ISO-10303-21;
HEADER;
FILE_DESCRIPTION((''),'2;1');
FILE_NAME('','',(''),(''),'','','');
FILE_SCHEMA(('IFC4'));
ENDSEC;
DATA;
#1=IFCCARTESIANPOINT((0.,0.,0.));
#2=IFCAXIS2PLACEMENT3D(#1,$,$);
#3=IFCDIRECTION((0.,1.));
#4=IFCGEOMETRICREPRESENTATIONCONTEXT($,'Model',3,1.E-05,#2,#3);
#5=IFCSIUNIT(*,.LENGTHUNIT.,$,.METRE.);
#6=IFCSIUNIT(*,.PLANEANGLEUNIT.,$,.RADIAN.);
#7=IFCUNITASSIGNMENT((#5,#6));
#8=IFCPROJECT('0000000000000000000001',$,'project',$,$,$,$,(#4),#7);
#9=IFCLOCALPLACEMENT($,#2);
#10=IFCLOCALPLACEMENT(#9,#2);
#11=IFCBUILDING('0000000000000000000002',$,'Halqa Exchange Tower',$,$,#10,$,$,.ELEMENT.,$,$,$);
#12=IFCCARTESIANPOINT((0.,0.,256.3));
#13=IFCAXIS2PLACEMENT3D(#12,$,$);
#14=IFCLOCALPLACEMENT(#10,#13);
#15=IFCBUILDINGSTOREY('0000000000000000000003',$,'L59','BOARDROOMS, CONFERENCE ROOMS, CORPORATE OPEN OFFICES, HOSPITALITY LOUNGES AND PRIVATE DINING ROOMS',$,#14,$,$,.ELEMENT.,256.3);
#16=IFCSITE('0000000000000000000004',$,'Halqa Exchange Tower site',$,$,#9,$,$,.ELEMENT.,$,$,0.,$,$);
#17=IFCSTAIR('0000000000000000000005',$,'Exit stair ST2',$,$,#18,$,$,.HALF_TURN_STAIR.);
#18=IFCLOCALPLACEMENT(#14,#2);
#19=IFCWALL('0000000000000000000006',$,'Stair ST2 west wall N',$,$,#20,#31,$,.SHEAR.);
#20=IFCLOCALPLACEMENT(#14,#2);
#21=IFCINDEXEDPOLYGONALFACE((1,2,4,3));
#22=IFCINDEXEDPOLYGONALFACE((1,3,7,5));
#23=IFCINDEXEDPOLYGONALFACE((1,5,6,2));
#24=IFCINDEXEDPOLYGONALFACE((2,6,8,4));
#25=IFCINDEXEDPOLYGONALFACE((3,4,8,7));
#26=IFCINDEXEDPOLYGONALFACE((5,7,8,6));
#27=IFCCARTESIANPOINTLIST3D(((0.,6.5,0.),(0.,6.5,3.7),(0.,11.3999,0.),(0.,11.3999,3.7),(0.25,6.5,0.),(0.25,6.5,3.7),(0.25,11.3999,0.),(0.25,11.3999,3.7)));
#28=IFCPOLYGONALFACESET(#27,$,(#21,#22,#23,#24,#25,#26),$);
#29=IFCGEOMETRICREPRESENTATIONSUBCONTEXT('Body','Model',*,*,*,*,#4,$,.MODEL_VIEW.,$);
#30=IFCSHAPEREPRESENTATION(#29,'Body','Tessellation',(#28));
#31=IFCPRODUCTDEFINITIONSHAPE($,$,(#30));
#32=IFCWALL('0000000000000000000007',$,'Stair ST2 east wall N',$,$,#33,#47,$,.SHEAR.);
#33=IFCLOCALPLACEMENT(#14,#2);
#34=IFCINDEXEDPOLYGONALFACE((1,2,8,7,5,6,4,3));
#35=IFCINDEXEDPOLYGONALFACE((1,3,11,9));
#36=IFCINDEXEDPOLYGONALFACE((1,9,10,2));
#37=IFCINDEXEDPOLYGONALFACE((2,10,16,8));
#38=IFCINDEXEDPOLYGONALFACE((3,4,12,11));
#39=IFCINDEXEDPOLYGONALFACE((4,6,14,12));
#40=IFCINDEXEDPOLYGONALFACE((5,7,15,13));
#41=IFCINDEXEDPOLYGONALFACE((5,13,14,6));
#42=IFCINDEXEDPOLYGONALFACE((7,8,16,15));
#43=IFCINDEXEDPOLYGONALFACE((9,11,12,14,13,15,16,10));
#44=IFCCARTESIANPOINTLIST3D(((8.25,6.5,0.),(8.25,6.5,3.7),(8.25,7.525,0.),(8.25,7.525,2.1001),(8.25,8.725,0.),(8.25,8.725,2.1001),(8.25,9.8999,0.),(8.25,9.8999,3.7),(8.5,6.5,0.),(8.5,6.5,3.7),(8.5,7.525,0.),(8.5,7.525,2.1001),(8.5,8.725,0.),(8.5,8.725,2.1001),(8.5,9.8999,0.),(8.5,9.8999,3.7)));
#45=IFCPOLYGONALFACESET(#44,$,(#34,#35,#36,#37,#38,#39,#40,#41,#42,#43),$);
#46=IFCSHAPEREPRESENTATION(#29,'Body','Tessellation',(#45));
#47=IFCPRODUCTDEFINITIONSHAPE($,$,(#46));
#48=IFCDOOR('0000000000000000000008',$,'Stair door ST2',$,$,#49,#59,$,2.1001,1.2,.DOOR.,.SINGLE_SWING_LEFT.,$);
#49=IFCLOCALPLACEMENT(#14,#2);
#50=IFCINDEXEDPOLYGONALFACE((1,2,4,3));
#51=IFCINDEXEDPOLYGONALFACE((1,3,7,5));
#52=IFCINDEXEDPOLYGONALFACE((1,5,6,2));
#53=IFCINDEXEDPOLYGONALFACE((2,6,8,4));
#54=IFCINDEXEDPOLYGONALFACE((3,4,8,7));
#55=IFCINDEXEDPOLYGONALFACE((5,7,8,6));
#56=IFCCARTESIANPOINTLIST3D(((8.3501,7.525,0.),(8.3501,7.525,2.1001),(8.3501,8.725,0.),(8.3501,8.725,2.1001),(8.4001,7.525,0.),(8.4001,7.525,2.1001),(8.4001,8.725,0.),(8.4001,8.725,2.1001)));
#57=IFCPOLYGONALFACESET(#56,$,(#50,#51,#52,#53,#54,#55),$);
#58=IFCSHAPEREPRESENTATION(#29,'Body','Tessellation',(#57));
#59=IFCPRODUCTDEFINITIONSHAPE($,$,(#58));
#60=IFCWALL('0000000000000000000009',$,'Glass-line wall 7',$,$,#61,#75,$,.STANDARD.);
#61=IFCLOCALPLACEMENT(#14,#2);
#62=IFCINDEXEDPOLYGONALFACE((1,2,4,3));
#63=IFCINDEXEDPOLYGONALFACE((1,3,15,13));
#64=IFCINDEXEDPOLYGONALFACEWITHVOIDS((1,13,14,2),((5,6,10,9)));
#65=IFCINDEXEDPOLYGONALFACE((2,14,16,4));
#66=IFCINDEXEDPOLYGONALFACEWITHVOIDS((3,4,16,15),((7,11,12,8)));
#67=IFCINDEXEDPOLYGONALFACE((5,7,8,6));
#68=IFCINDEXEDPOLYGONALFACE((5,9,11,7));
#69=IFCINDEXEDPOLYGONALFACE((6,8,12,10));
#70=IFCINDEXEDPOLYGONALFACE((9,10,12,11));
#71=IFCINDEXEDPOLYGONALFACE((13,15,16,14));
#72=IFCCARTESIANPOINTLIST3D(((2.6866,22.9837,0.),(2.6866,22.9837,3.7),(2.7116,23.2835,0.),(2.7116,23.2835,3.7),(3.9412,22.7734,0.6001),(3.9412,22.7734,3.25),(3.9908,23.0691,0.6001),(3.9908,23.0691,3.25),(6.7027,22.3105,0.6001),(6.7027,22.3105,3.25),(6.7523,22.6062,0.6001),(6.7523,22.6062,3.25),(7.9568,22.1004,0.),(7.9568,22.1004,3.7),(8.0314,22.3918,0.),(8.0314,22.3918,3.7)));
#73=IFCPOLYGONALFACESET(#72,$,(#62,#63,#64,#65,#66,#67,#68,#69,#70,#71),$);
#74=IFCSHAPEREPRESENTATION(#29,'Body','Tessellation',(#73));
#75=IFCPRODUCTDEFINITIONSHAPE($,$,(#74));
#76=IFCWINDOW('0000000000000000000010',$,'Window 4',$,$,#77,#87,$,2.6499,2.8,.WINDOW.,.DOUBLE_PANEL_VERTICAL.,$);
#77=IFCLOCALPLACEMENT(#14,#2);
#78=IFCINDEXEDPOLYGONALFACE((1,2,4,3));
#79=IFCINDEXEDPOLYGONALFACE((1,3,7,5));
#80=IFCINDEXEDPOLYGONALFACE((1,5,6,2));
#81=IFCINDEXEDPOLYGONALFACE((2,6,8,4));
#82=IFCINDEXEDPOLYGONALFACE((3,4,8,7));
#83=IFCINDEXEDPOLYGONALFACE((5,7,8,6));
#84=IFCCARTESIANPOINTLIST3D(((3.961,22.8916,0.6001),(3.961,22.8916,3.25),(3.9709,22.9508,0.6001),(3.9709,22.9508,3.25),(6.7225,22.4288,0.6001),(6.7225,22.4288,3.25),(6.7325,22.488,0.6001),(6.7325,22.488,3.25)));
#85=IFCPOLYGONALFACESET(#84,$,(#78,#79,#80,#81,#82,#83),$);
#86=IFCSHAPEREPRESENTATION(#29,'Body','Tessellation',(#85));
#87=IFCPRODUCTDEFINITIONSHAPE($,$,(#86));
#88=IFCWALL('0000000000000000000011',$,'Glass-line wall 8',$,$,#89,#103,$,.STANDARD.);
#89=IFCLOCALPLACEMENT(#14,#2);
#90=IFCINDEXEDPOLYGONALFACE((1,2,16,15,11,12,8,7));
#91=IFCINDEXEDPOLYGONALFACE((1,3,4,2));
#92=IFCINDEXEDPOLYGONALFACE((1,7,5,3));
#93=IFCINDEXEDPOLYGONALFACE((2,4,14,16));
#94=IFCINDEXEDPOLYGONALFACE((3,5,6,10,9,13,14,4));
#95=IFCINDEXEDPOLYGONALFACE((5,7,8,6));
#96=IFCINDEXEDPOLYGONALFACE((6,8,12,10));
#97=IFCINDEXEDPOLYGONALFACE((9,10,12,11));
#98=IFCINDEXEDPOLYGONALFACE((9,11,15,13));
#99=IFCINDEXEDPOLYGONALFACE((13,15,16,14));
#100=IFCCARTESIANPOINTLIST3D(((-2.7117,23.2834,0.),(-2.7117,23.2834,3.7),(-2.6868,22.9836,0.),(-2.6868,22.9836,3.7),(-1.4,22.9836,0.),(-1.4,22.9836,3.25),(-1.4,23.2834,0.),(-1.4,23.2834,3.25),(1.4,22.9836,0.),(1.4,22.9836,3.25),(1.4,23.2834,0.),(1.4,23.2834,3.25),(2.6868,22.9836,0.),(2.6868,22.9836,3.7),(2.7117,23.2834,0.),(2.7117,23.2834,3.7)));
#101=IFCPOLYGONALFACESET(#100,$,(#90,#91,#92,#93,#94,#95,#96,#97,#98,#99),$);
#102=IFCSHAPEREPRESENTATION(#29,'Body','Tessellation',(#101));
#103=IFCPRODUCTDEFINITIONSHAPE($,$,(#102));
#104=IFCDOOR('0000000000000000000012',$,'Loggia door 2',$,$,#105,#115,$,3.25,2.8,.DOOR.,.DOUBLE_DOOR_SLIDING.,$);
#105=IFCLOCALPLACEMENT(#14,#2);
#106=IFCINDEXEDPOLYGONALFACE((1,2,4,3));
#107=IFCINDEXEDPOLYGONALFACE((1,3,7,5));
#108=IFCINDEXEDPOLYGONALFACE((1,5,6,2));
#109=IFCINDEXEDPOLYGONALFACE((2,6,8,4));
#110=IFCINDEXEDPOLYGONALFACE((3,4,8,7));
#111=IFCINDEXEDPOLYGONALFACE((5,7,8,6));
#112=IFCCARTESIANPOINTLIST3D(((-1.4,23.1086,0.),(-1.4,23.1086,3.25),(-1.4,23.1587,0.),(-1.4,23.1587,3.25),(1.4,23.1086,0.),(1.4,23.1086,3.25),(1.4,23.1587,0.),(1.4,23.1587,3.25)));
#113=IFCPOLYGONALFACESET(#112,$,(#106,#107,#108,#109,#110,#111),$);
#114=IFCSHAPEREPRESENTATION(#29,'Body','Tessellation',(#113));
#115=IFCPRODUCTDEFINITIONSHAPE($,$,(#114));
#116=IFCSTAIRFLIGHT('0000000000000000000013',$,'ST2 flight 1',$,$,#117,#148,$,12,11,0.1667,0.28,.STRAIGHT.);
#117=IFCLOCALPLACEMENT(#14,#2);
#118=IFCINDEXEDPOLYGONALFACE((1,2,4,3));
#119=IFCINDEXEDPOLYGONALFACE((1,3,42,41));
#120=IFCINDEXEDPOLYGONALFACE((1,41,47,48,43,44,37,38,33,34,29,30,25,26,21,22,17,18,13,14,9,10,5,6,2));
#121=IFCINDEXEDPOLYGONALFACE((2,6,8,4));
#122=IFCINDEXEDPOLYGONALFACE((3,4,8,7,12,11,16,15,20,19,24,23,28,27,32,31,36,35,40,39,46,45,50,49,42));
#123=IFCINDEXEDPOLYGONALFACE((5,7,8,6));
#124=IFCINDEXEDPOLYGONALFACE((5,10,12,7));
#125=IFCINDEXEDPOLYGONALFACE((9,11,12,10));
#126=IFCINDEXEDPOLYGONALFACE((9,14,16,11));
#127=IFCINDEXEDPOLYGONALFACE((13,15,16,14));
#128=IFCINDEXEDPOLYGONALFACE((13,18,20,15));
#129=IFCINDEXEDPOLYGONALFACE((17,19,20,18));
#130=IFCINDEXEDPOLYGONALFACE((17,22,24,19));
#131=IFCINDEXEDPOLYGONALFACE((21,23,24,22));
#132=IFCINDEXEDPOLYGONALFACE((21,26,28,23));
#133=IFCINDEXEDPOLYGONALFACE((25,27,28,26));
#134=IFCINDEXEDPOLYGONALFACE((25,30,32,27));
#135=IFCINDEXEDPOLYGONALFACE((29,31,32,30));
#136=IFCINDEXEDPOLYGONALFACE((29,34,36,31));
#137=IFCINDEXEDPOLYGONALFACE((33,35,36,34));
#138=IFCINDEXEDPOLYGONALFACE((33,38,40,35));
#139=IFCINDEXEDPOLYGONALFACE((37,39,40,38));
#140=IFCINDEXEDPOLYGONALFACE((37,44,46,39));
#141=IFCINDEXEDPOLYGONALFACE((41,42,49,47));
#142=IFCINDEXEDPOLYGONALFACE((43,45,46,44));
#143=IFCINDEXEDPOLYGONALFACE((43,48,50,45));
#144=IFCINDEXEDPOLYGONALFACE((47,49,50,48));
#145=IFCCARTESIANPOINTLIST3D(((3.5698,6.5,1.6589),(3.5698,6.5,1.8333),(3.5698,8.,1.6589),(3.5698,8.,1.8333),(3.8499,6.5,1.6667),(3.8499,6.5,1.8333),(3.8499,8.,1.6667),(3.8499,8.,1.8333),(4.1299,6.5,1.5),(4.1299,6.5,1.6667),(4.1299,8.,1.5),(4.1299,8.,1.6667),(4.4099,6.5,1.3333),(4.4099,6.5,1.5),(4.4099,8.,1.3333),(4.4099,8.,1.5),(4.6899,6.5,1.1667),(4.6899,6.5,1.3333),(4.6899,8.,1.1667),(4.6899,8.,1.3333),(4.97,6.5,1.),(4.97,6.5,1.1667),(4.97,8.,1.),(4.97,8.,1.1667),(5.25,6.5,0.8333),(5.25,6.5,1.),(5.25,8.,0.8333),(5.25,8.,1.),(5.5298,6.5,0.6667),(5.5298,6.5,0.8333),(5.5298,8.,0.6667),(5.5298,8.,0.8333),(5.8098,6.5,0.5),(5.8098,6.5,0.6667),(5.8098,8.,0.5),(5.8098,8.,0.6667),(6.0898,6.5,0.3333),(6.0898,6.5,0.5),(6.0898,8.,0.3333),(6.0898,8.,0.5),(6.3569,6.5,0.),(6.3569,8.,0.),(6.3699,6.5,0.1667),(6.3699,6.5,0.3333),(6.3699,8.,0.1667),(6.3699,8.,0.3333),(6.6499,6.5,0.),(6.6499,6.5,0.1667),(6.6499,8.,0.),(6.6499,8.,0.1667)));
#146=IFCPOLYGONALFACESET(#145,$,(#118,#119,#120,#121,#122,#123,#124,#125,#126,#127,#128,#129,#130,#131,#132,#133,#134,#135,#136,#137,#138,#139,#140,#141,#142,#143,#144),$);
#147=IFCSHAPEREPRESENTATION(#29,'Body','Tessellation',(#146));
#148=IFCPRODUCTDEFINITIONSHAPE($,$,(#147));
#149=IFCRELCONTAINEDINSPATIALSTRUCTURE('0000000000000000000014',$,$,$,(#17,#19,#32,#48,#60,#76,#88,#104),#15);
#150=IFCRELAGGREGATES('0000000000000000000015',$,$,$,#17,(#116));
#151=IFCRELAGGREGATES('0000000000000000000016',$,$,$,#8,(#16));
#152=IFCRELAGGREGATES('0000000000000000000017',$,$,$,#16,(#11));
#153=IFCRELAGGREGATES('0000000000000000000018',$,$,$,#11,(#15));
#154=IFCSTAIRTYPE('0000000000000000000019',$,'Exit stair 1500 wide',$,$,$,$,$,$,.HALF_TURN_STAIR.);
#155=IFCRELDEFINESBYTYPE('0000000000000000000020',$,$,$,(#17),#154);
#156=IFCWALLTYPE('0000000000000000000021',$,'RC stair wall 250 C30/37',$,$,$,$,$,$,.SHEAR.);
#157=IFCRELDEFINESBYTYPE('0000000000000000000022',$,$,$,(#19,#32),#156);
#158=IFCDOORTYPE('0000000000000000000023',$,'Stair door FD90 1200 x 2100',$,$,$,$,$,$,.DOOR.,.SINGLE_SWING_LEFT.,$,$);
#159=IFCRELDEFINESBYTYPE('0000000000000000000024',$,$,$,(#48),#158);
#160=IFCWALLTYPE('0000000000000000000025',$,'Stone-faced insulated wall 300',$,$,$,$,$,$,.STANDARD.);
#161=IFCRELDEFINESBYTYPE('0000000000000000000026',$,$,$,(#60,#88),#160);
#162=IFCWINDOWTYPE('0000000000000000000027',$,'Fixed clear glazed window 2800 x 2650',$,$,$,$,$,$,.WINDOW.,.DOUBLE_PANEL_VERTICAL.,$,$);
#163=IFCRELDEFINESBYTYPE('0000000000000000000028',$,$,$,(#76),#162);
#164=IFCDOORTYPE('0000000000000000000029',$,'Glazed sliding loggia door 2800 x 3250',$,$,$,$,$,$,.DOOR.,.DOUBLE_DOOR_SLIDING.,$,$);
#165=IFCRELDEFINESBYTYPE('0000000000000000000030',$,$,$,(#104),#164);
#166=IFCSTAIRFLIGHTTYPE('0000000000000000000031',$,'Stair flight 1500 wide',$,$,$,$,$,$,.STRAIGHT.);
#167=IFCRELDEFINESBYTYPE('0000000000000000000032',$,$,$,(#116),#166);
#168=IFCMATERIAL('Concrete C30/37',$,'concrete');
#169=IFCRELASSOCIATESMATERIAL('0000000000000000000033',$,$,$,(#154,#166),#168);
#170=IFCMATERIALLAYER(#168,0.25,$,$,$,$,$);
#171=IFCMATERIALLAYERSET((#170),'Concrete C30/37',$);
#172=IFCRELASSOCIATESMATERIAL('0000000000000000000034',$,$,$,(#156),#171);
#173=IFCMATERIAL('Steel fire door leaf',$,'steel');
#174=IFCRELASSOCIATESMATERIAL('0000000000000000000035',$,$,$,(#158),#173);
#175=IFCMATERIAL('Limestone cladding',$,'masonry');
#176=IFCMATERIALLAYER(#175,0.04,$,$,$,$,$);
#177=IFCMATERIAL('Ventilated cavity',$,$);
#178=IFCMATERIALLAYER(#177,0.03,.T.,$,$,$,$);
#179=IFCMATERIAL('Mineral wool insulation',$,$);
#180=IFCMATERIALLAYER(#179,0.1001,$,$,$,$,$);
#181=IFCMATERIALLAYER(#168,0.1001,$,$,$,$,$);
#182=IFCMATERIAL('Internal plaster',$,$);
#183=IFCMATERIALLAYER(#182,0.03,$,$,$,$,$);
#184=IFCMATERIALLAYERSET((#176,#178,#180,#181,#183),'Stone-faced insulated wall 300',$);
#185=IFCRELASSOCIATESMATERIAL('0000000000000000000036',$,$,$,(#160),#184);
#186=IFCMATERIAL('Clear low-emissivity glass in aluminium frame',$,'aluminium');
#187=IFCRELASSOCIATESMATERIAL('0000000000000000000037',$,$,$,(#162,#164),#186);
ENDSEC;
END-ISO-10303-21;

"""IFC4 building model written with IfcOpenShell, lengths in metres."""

from ifc_helpers import new_model, si_unit, direction, frame, frame_2d, origin, place, context, subcontext, project, spatial, polyline, rectangle, outline, extrude, material, layer, layer_set, type_object, element, fill, aggregate, save


model = new_model("IFC4")

# Units and contexts
model_context = context("Model", 3, precision=1e-05, world=origin(), true_north=direction((0.0, 1.0)))
body_context = subcontext(model_context, "Body", "Model", "MODEL_VIEW")
ifc_project = project(units=[si_unit("LENGTHUNIT", "METRE"), si_unit("PLANEANGLEUNIT", "RADIAN")], contexts=[model_context])

# Site, building, storey
site_placement = place(None, origin())
site = spatial("IfcSite", under=ifc_project, at=site_placement, Name="Halqa Exchange Tower site", CompositionType="ELEMENT", RefElevation=0.0)
building_placement = place(site_placement, origin())
building = spatial("IfcBuilding", under=site, at=building_placement, Name="Halqa Exchange Tower", CompositionType="ELEMENT")
storey_placement = place(building_placement, frame((0.0, 0.0, 256.3)))
storey = spatial("IfcBuildingStorey", under=building, at=storey_placement, Name="L59", Description="BOARDROOMS, CONFERENCE ROOMS, CORPORATE OPEN OFFICES, HOSPITALITY LOUNGES AND PRIVATE DINING ROOMS", CompositionType="ELEMENT", Elevation=256.3)

# Stair
ifc_material_1 = material(Name="Concrete C30/37", Category="concrete")
stair_type = type_object("IfcStairType", Name="Exit stair 1500 wide", PredefinedType="HALF_TURN_STAIR", material=ifc_material_1)
stair_1_placement = place(storey_placement, origin())
stair_1 = element("IfcStair", 1, at=stair_1_placement, inside=storey, type_object=stair_type, Name="Exit stair ST2", PredefinedType="HALF_TURN_STAIR")

# Wall
ifc_layer_1 = layer(ifc_material_1, 0.25)
ifc_layer_set_1 = layer_set([ifc_layer_1], Name="Concrete C30/37")
wall_type_1 = type_object("IfcWallType", Name="RC stair wall 250 C30/37", PredefinedType="SHEAR", material=ifc_layer_set_1)
wall_1_placement = place(storey_placement, frame((0.125, 6.5, 0.0), z_axis=(0.0, 0.0, 1.0), x_axis=(0.0, 1.0, 0.0)))
element("IfcWall", 2, at=wall_1_placement, inside=storey, type_object=wall_type_1, Name="Stair ST2 west wall N", PredefinedType="SHEAR", context=body_context, shape_type="SweptSolid", body=[
    extrude(rectangle(XDim=4.8999, YDim=0.25, at=frame_2d((2.45, 0.0))), origin(), (0.0, 0.0, 1.0), 3.7),
])

# Wall, opening, door
wall_2_placement = place(storey_placement, frame((8.375, 6.5, 0.0), z_axis=(0.0, 0.0, 1.0), x_axis=(0.0, 1.0, 0.0)))
wall_2 = element("IfcWall", 3, at=wall_2_placement, inside=storey, type_object=wall_type_1, Name="Stair ST2 east wall N", PredefinedType="SHEAR", context=body_context, shape_type="SweptSolid", body=[
    extrude(rectangle(XDim=3.3999, YDim=0.25, at=frame_2d((1.7, 0.0))), origin(), (0.0, 0.0, 1.0), 3.7),
])
opening_1_placement = place(wall_2_placement, frame((1.0249, 0.0, 0.0)))
opening_1 = element("IfcOpeningElement", 4, at=opening_1_placement, cuts=wall_2, PredefinedType="OPENING", context=body_context, shape_type="SweptSolid", body=[
    extrude(rectangle(XDim=1.2, YDim=2.1001, at=frame_2d((0.6001, 1.05))), frame((0.0, 0.137, 0.0), z_axis=(0.0, -1.0, 0.0), x_axis=(1.0, 0.0, 0.0)), (0.0, 0.0, 1.0), 0.2739),
])
ifc_material_2 = material(Name="Steel fire door leaf", Category="steel")
door_type_1 = type_object("IfcDoorType", Name="Stair door FD90 1200 x 2100", OperationType="SINGLE_SWING_LEFT", PredefinedType="DOOR", material=ifc_material_2)
door_1_placement = place(opening_1_placement, origin())
door_1 = element("IfcDoor", 5, at=door_1_placement, inside=storey, type_object=door_type_1, Name="Stair door ST2", OperationType="SINGLE_SWING_LEFT", OverallHeight=2.1001, OverallWidth=1.2, PredefinedType="DOOR", context=body_context, shape_type="SweptSolid", body=[
    extrude(rectangle(XDim=1.2, YDim=2.1001, at=frame_2d((0.6001, 1.05))), frame((0.0, 0.0249, 0.0), z_axis=(0.0, -1.0, 0.0), x_axis=(1.0, 0.0, 0.0)), (0.0, 0.0, 1.0), 0.05),
])
fill(opening_1, door_1)

# Wall, opening, window
ifc_material_3 = material(Name="Limestone cladding", Category="masonry")
ifc_layer_2 = layer(ifc_material_3, 0.04)
ifc_material_4 = material(Name="Ventilated cavity")
ifc_layer_3 = layer(ifc_material_4, 0.03, ventilated=True)
ifc_material_5 = material(Name="Mineral wool insulation")
ifc_layer_4 = layer(ifc_material_5, 0.1001)
ifc_layer_5 = layer(ifc_material_1, 0.1001)
ifc_material_6 = material(Name="Internal plaster")
ifc_layer_6 = layer(ifc_material_6, 0.03)
ifc_layer_set_2 = layer_set([ifc_layer_2, ifc_layer_3, ifc_layer_4, ifc_layer_5, ifc_layer_6], Name="Stone-faced insulated wall 300")
wall_type_2 = type_object("IfcWallType", Name="Stone-faced insulated wall 300", PredefinedType="STANDARD", material=ifc_layer_set_2)
wall_3_placement = place(storey_placement, frame((7.9941, 22.2461, 0.0), z_axis=(0.0, 0.0, 1.0), x_axis=(-0.986244, 0.165299, 0.0)))
wall_3 = element("IfcWall", 6, at=wall_3_placement, inside=storey, type_object=wall_type_2, Name="Glass-line wall 7", PredefinedType="STANDARD", context=body_context, shape_type="SweptSolid", body=[
    extrude(outline(polyline([(-0.0127, -0.1499), (5.3813, -0.1499), (5.3564, 0.1499), (0.0127, 0.1499), (-0.0127, -0.1499)])), origin(), (0.0, 0.0, 1.0), 3.7),
])
opening_2_placement = place(wall_3_placement, frame((1.2844, 0.0, 0.6001)))
opening_2 = element("IfcOpeningElement", 7, at=opening_2_placement, cuts=wall_3, PredefinedType="OPENING", context=body_context, shape_type="SweptSolid", body=[
    extrude(rectangle(XDim=2.8, YDim=2.6499, at=frame_2d((1.3999, 1.325))), frame((0.0, 0.1621, 0.0), z_axis=(0.0, -1.0, 0.0), x_axis=(1.0, 0.0, 0.0)), (0.0, 0.0, 1.0), 0.324),
])
ifc_material_7 = material(Name="Clear low-emissivity glass in aluminium frame", Category="aluminium")
window_type = type_object("IfcWindowType", Name="Fixed clear glazed window 2800 x 2650", PartitioningType="DOUBLE_PANEL_VERTICAL", PredefinedType="WINDOW", material=ifc_material_7)
window_placement = place(opening_2_placement, origin())
window = element("IfcWindow", 8, at=window_placement, inside=storey, type_object=window_type, Name="Window 4", OverallHeight=2.6499, OverallWidth=2.8, PartitioningType="DOUBLE_PANEL_VERTICAL", PredefinedType="WINDOW", context=body_context, shape_type="SweptSolid", body=[
    extrude(rectangle(XDim=2.8, YDim=2.6499, at=frame_2d((1.3999, 1.325))), frame((0.0, 0.03, 0.0), z_axis=(0.0, -1.0, 0.0), x_axis=(1.0, 0.0, 0.0)), (0.0, 0.0, 1.0), 0.0601),
])
fill(opening_2, window)

# Wall, opening, door
wall_4_placement = place(storey_placement, frame((2.6992, 23.1335, 0.0), z_axis=(0.0, 0.0, 1.0), x_axis=(-1.0, 0.0, 0.0)))
wall_4 = element("IfcWall", 9, at=wall_4_placement, inside=storey, type_object=wall_type_2, Name="Glass-line wall 8", PredefinedType="STANDARD", context=body_context, shape_type="SweptSolid", body=[
    extrude(outline(polyline([(-0.0125, -0.1499), (5.4109, -0.1499), (5.386, 0.1499), (0.0125, 0.1499), (-0.0125, -0.1499)])), origin(), (0.0, 0.0, 1.0), 3.7),
])
opening_3_placement = place(wall_4_placement, frame((1.2993, 0.0, 0.0)))
opening_3 = element("IfcOpeningElement", 10, at=opening_3_placement, cuts=wall_4, PredefinedType="OPENING", context=body_context, shape_type="SweptSolid", body=[
    extrude(rectangle(XDim=2.8, YDim=3.25, at=frame_2d((1.3999, 1.625))), frame((0.0, 0.1621, 0.0), z_axis=(0.0, -1.0, 0.0), x_axis=(1.0, 0.0, 0.0)), (0.0, 0.0, 1.0), 0.324),
])
door_type_2 = type_object("IfcDoorType", Name="Glazed sliding loggia door 2800 x 3250", OperationType="DOUBLE_DOOR_SLIDING", PredefinedType="DOOR", material=ifc_material_7)
door_2_placement = place(opening_3_placement, origin())
door_2 = element("IfcDoor", 11, at=door_2_placement, inside=storey, type_object=door_type_2, Name="Loggia door 2", OperationType="DOUBLE_DOOR_SLIDING", OverallHeight=3.25, OverallWidth=2.8, PredefinedType="DOOR", context=body_context, shape_type="SweptSolid", body=[
    extrude(rectangle(XDim=2.8, YDim=3.25, at=frame_2d((1.3999, 1.625))), frame((0.0, 0.0249, 0.0), z_axis=(0.0, -1.0, 0.0), x_axis=(1.0, 0.0, 0.0)), (0.0, 0.0, 1.0), 0.05),
])
fill(opening_3, door_2)

# Stair flight
stair_flight_type = type_object("IfcStairFlightType", Name="Stair flight 1500 wide", PredefinedType="STRAIGHT", material=ifc_material_1)
stair_flight_1_placement = place(storey_placement, frame((6.6499, 7.25, 0.0), z_axis=(0.0, 0.0, 1.0), x_axis=(-1.0, 0.0, 0.0)))
stair_flight_1 = element("IfcStairFlight", 12, at=stair_flight_1_placement, type_object=stair_flight_type, Name="ST2 flight 1", NumberOfRisers=12, NumberOfTreads=11, PredefinedType="STRAIGHT", RiserHeight=0.1667, TreadLength=0.28, context=body_context, shape_type="SweptSolid", body=[
    extrude(outline(polyline([(0.0, 0.0), (0.0, 0.1667), (0.28, 0.1667), (0.28, 0.3333), (0.5601, 0.3333), (0.5601, 0.5), (0.8401, 0.5), (0.8401, 0.6667), (1.1201, 0.6667), (1.1201, 0.8333), (1.3999, 0.8333), (1.3999, 1.0), (1.6799, 1.0), (1.6799, 1.1667), (1.96, 1.1667), (1.96, 1.3333), (2.24, 1.3333), (2.24, 1.5), (2.52, 1.5), (2.52, 1.6667), (2.8, 1.6667), (2.8, 1.8333), (3.0801, 1.8333), (3.0801, 2.0), (3.0801, 1.6589), (0.293, 0.0), (0.0, 0.0)])), frame((0.0, 0.75, 0.0), z_axis=(0.0, -1.0, 0.0), x_axis=(1.0, 0.0, 0.0)), (0.0, 0.0, 1.0), 1.5),
])
aggregate(stair_1, [stair_flight_1])

save(model, "model.ifc")
